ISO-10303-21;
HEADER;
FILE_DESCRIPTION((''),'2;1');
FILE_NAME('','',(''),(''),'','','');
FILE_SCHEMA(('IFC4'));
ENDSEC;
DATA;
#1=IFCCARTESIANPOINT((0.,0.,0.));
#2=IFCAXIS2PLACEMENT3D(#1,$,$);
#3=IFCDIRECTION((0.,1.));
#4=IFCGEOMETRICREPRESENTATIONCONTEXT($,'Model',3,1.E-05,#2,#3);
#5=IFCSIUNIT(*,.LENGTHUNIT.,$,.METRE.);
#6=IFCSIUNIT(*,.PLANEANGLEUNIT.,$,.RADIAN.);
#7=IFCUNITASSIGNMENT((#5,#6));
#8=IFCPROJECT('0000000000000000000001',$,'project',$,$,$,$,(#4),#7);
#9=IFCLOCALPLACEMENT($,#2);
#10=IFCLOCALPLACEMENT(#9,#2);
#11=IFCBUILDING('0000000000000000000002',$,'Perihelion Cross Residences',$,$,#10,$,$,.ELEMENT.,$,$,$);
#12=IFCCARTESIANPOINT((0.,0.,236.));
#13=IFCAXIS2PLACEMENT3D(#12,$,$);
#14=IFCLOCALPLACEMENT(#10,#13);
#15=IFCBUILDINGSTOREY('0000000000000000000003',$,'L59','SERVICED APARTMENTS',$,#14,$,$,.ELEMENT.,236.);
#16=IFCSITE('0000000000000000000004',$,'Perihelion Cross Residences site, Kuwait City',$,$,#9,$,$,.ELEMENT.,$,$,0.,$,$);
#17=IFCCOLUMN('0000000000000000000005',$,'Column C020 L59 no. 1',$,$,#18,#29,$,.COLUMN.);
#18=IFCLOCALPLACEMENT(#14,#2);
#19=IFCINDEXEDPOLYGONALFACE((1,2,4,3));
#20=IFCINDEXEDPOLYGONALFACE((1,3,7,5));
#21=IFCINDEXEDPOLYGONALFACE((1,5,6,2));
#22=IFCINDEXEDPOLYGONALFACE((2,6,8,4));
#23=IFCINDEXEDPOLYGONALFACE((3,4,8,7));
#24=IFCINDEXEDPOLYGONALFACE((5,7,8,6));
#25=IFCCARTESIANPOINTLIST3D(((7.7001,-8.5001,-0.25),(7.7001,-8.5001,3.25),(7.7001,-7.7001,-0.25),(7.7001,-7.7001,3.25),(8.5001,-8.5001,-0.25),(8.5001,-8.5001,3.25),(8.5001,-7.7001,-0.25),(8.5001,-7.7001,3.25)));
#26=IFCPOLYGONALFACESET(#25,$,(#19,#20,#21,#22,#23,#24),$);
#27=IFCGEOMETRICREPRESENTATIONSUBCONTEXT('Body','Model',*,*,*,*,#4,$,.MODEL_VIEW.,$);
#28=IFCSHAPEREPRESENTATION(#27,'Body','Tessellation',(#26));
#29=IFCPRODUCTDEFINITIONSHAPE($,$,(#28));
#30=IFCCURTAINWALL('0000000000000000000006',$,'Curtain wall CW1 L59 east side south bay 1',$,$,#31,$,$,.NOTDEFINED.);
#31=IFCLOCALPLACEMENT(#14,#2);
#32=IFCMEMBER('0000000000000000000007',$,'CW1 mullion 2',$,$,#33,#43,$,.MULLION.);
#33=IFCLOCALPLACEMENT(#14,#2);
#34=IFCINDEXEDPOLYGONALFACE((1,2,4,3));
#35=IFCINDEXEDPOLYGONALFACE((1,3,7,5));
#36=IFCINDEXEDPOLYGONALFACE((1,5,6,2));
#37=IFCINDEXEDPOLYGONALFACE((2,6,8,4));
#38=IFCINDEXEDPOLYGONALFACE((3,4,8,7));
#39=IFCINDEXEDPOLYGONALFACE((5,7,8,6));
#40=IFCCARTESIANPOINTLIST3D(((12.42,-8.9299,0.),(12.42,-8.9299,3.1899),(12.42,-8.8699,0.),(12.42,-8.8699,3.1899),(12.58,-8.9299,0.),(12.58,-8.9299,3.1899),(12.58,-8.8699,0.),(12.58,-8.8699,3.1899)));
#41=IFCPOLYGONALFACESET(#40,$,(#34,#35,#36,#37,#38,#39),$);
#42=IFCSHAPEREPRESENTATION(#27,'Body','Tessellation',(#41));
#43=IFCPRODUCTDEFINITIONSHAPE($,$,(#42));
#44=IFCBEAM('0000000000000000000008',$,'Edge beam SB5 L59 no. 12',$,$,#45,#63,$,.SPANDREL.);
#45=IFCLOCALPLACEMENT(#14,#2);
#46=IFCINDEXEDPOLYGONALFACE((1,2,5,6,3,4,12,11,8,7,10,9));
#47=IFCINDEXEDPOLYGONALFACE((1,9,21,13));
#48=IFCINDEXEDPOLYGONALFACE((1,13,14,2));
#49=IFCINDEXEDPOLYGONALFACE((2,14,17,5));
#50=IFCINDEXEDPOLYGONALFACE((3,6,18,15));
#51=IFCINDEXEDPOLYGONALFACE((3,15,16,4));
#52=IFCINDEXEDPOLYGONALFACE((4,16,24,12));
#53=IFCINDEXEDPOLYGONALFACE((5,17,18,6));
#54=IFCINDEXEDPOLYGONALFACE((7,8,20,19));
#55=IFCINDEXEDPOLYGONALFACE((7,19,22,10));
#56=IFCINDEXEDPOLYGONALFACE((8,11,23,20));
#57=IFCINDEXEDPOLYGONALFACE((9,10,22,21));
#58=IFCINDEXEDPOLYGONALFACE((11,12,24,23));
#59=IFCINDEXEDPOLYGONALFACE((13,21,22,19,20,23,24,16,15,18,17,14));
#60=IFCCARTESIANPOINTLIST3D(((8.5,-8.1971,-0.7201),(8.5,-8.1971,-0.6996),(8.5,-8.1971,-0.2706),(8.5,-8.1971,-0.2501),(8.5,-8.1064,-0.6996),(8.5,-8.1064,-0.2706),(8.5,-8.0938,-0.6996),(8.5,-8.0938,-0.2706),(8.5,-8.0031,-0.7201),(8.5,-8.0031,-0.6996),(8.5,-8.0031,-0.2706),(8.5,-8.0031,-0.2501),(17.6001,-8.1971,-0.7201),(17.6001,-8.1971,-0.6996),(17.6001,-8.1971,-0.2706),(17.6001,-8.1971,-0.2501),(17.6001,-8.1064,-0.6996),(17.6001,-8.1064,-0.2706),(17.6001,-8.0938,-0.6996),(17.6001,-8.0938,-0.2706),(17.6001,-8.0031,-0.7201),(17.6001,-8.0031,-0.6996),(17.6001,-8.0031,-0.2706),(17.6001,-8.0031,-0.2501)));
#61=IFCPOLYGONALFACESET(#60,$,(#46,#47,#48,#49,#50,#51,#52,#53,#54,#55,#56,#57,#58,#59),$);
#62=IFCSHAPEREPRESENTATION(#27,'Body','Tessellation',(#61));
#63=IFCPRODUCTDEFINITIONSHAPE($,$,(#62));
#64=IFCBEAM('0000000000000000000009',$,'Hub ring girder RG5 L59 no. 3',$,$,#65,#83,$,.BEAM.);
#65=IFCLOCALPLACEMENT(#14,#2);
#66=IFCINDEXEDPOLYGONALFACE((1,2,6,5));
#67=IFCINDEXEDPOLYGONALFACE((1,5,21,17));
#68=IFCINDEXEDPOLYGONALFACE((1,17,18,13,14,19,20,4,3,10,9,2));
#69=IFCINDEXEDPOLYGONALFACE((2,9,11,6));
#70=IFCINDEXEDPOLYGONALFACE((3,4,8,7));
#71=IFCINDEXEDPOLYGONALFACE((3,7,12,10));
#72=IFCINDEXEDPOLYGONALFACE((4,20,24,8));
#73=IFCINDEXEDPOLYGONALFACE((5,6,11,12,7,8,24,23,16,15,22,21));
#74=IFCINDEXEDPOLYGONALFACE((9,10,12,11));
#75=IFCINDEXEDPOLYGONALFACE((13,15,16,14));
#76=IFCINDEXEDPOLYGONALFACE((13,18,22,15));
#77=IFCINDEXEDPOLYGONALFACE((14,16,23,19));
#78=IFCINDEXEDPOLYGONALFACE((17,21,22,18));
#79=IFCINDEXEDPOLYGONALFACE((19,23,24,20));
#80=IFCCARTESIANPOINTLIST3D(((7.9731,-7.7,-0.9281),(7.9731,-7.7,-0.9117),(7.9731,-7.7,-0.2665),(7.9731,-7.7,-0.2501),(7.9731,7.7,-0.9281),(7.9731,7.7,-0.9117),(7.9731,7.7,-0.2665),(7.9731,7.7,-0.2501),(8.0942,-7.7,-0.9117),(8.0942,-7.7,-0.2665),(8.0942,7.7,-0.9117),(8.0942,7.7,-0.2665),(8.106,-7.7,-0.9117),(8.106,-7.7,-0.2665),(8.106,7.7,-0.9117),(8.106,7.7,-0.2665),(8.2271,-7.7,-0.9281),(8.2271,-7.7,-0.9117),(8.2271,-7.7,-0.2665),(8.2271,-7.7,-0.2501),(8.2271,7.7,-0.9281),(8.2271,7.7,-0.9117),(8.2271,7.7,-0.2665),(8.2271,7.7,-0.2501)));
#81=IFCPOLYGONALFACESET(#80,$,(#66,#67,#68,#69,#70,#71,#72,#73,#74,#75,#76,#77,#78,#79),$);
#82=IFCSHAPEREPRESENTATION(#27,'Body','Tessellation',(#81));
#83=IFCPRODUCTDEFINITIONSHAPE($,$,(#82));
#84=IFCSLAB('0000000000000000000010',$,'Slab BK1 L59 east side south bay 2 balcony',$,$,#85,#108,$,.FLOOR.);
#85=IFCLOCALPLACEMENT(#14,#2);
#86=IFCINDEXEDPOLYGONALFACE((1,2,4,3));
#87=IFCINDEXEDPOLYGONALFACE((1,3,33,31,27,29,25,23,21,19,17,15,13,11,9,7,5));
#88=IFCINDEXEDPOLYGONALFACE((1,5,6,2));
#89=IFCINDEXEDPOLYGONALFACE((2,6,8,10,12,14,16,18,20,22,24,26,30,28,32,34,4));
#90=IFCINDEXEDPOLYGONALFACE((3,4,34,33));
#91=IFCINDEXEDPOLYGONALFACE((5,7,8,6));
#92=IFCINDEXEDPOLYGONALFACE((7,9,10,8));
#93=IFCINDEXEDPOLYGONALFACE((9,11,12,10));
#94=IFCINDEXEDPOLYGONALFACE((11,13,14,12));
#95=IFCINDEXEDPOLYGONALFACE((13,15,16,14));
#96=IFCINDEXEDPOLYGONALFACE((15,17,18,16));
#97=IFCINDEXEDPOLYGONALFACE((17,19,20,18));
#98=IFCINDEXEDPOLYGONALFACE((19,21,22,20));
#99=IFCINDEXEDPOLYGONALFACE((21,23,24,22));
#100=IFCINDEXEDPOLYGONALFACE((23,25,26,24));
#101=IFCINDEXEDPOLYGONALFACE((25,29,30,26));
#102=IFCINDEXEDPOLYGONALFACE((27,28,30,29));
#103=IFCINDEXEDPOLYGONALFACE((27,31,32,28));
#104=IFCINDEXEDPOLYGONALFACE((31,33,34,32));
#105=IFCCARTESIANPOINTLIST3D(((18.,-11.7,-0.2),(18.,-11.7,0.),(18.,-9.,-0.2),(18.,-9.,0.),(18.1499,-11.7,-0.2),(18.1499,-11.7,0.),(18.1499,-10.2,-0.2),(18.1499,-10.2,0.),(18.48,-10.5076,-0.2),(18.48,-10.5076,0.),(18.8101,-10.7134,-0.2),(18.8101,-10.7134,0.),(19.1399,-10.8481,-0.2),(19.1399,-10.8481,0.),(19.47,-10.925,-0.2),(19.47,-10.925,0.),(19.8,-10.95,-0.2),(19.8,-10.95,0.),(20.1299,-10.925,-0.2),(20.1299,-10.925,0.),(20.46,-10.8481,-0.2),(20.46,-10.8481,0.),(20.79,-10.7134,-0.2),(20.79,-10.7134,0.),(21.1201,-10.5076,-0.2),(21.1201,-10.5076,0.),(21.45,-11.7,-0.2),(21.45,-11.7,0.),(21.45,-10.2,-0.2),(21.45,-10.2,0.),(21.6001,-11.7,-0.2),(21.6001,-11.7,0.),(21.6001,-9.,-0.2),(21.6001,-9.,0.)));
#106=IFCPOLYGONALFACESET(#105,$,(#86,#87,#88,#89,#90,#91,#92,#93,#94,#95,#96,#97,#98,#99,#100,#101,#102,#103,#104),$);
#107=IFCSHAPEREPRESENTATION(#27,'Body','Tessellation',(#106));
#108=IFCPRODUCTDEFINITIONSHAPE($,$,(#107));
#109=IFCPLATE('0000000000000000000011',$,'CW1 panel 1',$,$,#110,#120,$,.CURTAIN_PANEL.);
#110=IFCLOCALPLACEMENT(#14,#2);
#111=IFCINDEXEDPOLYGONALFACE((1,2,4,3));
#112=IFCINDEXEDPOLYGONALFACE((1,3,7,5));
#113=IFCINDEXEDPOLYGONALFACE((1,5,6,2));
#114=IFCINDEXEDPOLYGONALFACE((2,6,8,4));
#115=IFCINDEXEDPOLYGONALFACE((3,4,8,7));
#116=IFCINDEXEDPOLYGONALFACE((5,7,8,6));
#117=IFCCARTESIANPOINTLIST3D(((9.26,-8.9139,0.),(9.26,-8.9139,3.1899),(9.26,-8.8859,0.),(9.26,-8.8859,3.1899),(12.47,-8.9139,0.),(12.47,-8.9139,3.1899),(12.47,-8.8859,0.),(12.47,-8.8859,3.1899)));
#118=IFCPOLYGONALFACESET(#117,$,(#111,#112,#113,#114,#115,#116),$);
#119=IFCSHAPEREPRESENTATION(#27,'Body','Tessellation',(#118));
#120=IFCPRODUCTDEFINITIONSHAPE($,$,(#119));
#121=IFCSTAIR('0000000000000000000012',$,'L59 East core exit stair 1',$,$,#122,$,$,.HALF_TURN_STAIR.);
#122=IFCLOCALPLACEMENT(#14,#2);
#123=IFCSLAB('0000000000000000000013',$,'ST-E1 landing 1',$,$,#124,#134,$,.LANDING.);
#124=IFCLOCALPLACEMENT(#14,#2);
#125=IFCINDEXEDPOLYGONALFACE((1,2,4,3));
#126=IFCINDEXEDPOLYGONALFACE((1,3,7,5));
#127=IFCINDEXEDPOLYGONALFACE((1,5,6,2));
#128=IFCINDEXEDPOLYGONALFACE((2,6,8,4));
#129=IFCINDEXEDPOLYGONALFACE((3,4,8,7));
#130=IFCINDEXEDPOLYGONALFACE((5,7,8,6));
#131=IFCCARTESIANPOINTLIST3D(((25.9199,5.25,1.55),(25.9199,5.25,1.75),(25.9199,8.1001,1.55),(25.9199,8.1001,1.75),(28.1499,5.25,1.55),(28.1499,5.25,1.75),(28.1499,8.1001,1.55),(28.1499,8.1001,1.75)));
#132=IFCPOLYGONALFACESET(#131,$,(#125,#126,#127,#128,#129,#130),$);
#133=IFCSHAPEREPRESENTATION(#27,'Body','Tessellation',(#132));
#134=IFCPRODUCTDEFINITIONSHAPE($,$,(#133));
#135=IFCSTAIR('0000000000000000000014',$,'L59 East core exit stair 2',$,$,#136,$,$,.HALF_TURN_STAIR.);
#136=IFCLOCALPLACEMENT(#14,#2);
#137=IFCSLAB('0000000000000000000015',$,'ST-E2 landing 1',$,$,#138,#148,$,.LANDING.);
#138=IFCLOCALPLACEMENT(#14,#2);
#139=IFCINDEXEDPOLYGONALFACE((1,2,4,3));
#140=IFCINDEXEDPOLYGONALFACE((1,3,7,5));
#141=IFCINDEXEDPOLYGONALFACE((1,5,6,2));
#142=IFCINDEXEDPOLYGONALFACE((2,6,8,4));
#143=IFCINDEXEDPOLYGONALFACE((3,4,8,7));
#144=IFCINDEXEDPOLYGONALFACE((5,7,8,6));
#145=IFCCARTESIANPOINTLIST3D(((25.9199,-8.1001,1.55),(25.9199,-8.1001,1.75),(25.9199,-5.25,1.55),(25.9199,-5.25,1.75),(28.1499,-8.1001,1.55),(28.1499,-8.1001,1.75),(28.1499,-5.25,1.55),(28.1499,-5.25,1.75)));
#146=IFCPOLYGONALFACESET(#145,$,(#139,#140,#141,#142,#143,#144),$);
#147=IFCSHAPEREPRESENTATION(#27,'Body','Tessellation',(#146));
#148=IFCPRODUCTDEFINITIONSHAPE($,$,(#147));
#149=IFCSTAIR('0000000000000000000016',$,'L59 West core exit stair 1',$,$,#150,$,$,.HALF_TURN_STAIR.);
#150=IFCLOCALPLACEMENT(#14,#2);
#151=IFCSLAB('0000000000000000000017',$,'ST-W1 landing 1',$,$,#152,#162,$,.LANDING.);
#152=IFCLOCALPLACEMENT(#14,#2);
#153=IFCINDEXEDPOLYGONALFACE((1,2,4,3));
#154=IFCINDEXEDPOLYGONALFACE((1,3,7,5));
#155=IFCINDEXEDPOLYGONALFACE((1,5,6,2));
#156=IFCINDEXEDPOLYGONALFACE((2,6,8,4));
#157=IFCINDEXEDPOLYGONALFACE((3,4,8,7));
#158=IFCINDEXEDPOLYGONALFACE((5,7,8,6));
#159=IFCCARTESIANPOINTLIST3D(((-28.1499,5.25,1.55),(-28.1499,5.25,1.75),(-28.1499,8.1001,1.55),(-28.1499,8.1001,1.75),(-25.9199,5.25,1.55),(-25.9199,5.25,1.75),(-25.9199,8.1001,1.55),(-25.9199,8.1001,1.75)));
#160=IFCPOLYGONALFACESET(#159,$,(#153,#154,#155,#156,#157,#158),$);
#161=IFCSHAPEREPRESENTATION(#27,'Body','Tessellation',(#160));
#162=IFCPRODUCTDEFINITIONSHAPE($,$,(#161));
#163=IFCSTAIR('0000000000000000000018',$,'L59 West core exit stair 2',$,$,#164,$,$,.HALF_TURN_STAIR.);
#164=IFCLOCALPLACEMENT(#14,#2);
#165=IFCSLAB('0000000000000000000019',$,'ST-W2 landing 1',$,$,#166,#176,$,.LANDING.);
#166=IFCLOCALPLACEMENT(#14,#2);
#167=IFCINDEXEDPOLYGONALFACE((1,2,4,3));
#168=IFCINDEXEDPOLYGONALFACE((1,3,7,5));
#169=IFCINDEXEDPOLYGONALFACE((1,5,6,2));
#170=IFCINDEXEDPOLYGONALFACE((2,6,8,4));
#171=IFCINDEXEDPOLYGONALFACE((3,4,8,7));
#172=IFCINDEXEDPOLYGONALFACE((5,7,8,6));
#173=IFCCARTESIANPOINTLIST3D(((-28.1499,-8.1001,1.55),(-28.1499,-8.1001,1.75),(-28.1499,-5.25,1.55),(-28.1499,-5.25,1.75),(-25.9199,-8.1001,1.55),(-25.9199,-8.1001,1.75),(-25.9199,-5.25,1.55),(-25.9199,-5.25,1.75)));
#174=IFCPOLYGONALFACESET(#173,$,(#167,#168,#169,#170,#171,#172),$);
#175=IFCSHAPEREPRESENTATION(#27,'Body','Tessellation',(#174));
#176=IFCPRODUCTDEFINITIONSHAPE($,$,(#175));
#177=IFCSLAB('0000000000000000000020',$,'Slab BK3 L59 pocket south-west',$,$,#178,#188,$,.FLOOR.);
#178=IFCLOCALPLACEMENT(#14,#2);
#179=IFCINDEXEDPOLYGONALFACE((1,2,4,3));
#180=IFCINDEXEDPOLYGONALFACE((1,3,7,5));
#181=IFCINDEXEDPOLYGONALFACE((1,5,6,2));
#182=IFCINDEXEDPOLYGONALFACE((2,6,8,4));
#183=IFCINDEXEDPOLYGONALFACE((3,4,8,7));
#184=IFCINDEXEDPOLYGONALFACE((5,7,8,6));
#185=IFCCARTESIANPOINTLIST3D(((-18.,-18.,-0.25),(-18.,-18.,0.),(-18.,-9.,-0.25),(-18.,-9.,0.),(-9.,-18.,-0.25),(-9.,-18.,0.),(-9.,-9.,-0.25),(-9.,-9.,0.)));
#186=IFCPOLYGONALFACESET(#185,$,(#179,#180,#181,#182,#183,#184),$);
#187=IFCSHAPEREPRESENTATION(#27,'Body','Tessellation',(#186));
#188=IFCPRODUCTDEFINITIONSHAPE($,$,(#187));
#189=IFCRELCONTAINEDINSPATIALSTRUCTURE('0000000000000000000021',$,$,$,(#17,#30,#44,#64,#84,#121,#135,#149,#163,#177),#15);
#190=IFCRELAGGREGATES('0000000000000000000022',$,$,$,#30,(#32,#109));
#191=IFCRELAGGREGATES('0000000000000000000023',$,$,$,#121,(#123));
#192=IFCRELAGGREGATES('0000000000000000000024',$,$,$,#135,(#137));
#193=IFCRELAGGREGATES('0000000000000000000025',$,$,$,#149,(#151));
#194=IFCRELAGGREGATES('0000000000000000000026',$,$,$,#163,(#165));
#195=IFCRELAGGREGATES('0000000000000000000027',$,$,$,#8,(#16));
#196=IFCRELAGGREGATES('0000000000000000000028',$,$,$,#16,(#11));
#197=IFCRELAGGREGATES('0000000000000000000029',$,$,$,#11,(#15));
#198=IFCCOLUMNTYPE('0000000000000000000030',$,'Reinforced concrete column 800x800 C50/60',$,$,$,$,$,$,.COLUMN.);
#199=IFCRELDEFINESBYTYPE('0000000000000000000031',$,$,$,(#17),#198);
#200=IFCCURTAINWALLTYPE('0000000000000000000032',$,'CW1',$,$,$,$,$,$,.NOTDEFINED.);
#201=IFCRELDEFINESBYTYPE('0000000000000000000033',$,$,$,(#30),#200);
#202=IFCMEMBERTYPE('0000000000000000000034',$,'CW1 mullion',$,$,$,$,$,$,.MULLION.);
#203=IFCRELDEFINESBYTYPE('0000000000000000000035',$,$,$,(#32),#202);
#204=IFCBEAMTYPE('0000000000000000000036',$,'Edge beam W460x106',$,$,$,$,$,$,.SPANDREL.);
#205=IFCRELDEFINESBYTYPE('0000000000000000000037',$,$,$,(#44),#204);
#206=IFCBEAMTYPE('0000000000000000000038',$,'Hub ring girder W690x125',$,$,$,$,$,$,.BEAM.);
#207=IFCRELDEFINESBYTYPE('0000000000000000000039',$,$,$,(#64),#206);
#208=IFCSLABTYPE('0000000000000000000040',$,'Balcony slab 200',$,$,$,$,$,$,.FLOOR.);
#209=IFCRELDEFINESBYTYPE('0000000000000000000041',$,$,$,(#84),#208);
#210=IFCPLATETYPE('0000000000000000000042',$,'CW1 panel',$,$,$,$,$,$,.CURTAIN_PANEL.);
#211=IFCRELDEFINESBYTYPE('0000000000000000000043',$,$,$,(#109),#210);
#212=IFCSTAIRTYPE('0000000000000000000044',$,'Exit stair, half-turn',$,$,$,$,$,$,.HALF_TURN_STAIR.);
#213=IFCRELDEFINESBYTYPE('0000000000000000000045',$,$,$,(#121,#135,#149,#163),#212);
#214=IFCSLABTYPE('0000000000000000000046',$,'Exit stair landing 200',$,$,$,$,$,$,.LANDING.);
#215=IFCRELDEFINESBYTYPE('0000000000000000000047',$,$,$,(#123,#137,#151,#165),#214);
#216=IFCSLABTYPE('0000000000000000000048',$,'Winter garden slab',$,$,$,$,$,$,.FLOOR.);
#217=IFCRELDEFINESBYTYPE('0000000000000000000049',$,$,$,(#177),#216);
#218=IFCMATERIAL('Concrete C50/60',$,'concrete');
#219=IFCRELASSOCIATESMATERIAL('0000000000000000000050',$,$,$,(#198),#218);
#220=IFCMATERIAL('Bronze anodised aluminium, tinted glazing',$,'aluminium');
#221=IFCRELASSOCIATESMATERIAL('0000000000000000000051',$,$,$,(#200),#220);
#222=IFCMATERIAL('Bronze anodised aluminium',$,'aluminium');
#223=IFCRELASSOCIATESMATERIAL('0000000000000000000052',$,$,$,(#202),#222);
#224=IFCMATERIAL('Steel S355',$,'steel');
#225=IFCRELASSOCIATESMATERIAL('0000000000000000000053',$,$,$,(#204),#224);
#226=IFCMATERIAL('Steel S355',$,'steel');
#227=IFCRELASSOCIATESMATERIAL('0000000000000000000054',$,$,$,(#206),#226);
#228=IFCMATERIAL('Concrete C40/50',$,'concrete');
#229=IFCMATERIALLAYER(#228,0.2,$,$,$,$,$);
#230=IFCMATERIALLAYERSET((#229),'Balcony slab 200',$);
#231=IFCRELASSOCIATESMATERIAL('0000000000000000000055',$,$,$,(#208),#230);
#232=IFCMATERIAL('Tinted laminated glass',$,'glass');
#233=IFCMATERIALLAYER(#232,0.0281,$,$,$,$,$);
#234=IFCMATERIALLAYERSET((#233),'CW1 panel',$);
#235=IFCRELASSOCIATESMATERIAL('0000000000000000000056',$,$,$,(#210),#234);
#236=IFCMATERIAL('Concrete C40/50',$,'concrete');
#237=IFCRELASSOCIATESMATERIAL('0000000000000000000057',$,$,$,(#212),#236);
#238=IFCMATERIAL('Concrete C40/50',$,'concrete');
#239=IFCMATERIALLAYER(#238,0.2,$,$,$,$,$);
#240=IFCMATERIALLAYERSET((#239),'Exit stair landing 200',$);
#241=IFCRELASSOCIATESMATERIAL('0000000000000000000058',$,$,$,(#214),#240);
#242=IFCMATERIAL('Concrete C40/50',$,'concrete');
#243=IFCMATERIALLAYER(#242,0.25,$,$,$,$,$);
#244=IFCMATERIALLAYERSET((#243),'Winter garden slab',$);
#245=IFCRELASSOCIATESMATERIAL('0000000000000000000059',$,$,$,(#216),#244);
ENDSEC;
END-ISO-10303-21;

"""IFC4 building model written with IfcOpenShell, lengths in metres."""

from ifc_helpers import new_model, si_unit, direction, frame, origin, origin_2d, place, context, subcontext, project, spatial, polyline, rectangle, i_section, outline, extrude, material, layer, layer_set, material_profile, profile_set, type_object, element, aggregate, save


model = new_model("IFC4")

# Units and contexts
model_context = context("Model", 3, precision=1e-05, world=origin(), true_north=direction((0.0, 1.0)))
body_context = subcontext(model_context, "Body", "Model", "MODEL_VIEW")
ifc_project = project(units=[si_unit("LENGTHUNIT", "METRE"), si_unit("PLANEANGLEUNIT", "RADIAN")], contexts=[model_context])

# Site, building, storey
site_placement = place(None, origin())
site = spatial("IfcSite", under=ifc_project, at=site_placement, Name="Perihelion Cross Residences site, Kuwait City", CompositionType="ELEMENT", RefElevation=0.0)
building_placement = place(site_placement, origin())
building = spatial("IfcBuilding", under=site, at=building_placement, Name="Perihelion Cross Residences", CompositionType="ELEMENT")
storey_placement = place(building_placement, frame((0.0, 0.0, 236.0)))
storey = spatial("IfcBuildingStorey", under=building, at=storey_placement, Name="L59", Description="SERVICED APARTMENTS", CompositionType="ELEMENT", Elevation=236.0)

# Column
ifc_material_1 = material(Name="Concrete C50/60", Category="concrete")
ifc_material_profile_1 = material_profile(ifc_material_1, rectangle(XDim=0.8, YDim=0.8, at=origin_2d()), Name="RC 800x800")
ifc_profile_set_1 = profile_set([ifc_material_profile_1], Name="Concrete C50/60")
column_type = type_object("IfcColumnType", Name="Reinforced concrete column 800x800 C50/60", PredefinedType="COLUMN", material=ifc_profile_set_1)
column_placement = place(storey_placement, frame((8.1001, -8.1001, -0.25), z_axis=(0.0, 0.0, 1.0), x_axis=(1.0, 0.0, 0.0)))
element("IfcColumn", 1, at=column_placement, inside=storey, type_object=column_type, Name="Column C020 L59 no. 1", PredefinedType="COLUMN", context=body_context, shape_type="SweptSolid", body=[
    extrude(rectangle(XDim=0.8, YDim=0.8, at=origin_2d()), origin(), (0.0, 0.0, 1.0), 3.5),
])

# Curtain wall, member
ifc_material_2 = material(Name="Bronze anodised aluminium, tinted glazing", Category="aluminium")
curtain_wall_type = type_object("IfcCurtainWallType", Name="CW1", PredefinedType="NOTDEFINED", material=ifc_material_2)
curtain_wall_placement = place(storey_placement, origin())
curtain_wall = element("IfcCurtainWall", 2, at=curtain_wall_placement, inside=storey, type_object=curtain_wall_type, Name="Curtain wall CW1 L59 east side south bay 1", PredefinedType="NOTDEFINED")
ifc_material_3 = material(Name="Bronze anodised aluminium", Category="aluminium")
ifc_material_profile_2 = material_profile(ifc_material_3, rectangle(XDim=0.0601, YDim=0.1599, at=origin_2d()), Name="CW1 mullion")
ifc_profile_set_2 = profile_set([ifc_material_profile_2], Name="Bronze anodised aluminium")
member_type = type_object("IfcMemberType", Name="CW1 mullion", PredefinedType="MULLION", material=ifc_profile_set_2)
member_placement = place(storey_placement, frame((12.5, -8.8999, 0.0), z_axis=(0.0, 0.0, 1.0), x_axis=(0.0, 1.0, 0.0)))
member = element("IfcMember", 3, at=member_placement, type_object=member_type, Name="CW1 mullion 2", PredefinedType="MULLION", context=body_context, shape_type="SweptSolid", body=[
    extrude(rectangle(XDim=0.0601, YDim=0.1599, at=origin_2d()), origin(), (0.0, 0.0, 1.0), 3.1899),
])

# Beams
ifc_material_4 = material(Name="Steel S355", Category="steel")
ifc_material_profile_3 = material_profile(ifc_material_4, i_section(OverallWidth=0.1941, OverallDepth=0.47, WebThickness=0.0127, FlangeThickness=0.0205, at=origin_2d()), Name="W460x106")
ifc_profile_set_3 = profile_set([ifc_material_profile_3], Name="Steel S355")
beam_type_1 = type_object("IfcBeamType", Name="Edge beam W460x106", PredefinedType="SPANDREL", material=ifc_profile_set_3)
beam_1_placement = place(storey_placement, frame((8.5, -8.1001, -0.4851), z_axis=(1.0, 0.0, 0.0), x_axis=(0.0, 1.0, 0.0)))
element("IfcBeam", 4, at=beam_1_placement, inside=storey, type_object=beam_type_1, Name="Edge beam SB5 L59 no. 12", PredefinedType="SPANDREL", context=body_context, shape_type="SweptSolid", body=[
    extrude(i_section(OverallWidth=0.1941, OverallDepth=0.47, WebThickness=0.0127, FlangeThickness=0.0205, at=origin_2d()), origin(), (0.0, 0.0, 1.0), 9.1001),
])
ifc_material_5 = material(Name="Steel S355", Category="steel")
ifc_material_profile_4 = material_profile(ifc_material_5, i_section(OverallWidth=0.2539, OverallDepth=0.678, WebThickness=0.0117, FlangeThickness=0.0164, at=origin_2d()), Name="W690x125")
ifc_profile_set_4 = profile_set([ifc_material_profile_4], Name="Steel S355")
beam_type_2 = type_object("IfcBeamType", Name="Hub ring girder W690x125", PredefinedType="BEAM", material=ifc_profile_set_4)
beam_2_placement = place(storey_placement, frame((8.1001, -7.7, -0.5891), z_axis=(0.0, 1.0, 0.0), x_axis=(-1.0, 0.0, 0.0)))
element("IfcBeam", 5, at=beam_2_placement, inside=storey, type_object=beam_type_2, Name="Hub ring girder RG5 L59 no. 3", PredefinedType="BEAM", context=body_context, shape_type="SweptSolid", body=[
    extrude(i_section(OverallWidth=0.2539, OverallDepth=0.678, WebThickness=0.0117, FlangeThickness=0.0164, at=origin_2d()), origin(), (0.0, 0.0, 1.0), 15.3999),
])

# Slab
ifc_material_6 = material(Name="Concrete C40/50", Category="concrete")
ifc_layer_1 = layer(ifc_material_6, 0.2)
ifc_layer_set_1 = layer_set([ifc_layer_1], Name="Balcony slab 200")
slab_type_1 = type_object("IfcSlabType", Name="Balcony slab 200", PredefinedType="FLOOR", material=ifc_layer_set_1)
slab_1_placement = place(storey_placement, frame((0.0, 0.0, -0.2)))
element("IfcSlab", 6, at=slab_1_placement, inside=storey, type_object=slab_type_1, Name="Slab BK1 L59 east side south bay 2 balcony", PredefinedType="FLOOR", context=body_context, shape_type="SweptSolid", body=[
    extrude(outline(polyline([(18.0, -9.0), (21.6001, -9.0), (21.6001, -11.7), (21.45, -11.7), (21.45, -10.2), (21.1201, -10.5076), (20.79, -10.7134), (20.46, -10.8481), (20.1299, -10.925), (19.8, -10.95), (19.47, -10.925), (19.1399, -10.8481), (18.8101, -10.7134), (18.48, -10.5076), (18.1499, -10.2), (18.1499, -11.7), (18.0, -11.7), (18.0, -9.0)])), origin(), (0.0, 0.0, 1.0), 0.2),
])

# Plate
ifc_material_7 = material(Name="Tinted laminated glass", Category="glass")
ifc_layer_2 = layer(ifc_material_7, 0.0281)
ifc_layer_set_2 = layer_set([ifc_layer_2], Name="CW1 panel")
plate_type = type_object("IfcPlateType", Name="CW1 panel", PredefinedType="CURTAIN_PANEL", material=ifc_layer_set_2)
plate_placement = place(storey_placement, frame((10.865, -8.8999, 0.0), z_axis=(0.0, 0.0, 1.0), x_axis=(1.0, 0.0, 0.0)))
plate = element("IfcPlate", 7, at=plate_placement, type_object=plate_type, Name="CW1 panel 1", PredefinedType="CURTAIN_PANEL", context=body_context, shape_type="SweptSolid", body=[
    extrude(rectangle(XDim=3.21, YDim=0.0281, at=origin_2d()), origin(), (0.0, 0.0, 1.0), 3.1899),
])
aggregate(curtain_wall, [member, plate])

# Stairs, slabs
ifc_material_8 = material(Name="Concrete C40/50", Category="concrete")
stair_type = type_object("IfcStairType", Name="Exit stair, half-turn", PredefinedType="HALF_TURN_STAIR", material=ifc_material_8)
stair_1_placement = place(storey_placement, origin())
stair_1 = element("IfcStair", 8, at=stair_1_placement, inside=storey, type_object=stair_type, Name="L59 East core exit stair 1", PredefinedType="HALF_TURN_STAIR")
ifc_material_9 = material(Name="Concrete C40/50", Category="concrete")
ifc_layer_3 = layer(ifc_material_9, 0.2)
ifc_layer_set_3 = layer_set([ifc_layer_3], Name="Exit stair landing 200")
slab_type_2 = type_object("IfcSlabType", Name="Exit stair landing 200", PredefinedType="LANDING", material=ifc_layer_set_3)
slab_2_placement = place(storey_placement, frame((0.0, 0.0, 1.55)))
slab_2 = element("IfcSlab", 9, at=slab_2_placement, type_object=slab_type_2, Name="ST-E1 landing 1", PredefinedType="LANDING", context=body_context, shape_type="SweptSolid", body=[
    extrude(outline(polyline([(25.9199, 5.25), (28.1499, 5.25), (28.1499, 8.1001), (25.9199, 8.1001), (25.9199, 5.25)])), origin(), (0.0, 0.0, 1.0), 0.2),
])
aggregate(stair_1, [slab_2])
stair_2_placement = place(storey_placement, origin())
stair_2 = element("IfcStair", 10, at=stair_2_placement, inside=storey, type_object=stair_type, Name="L59 East core exit stair 2", PredefinedType="HALF_TURN_STAIR")
slab_3_placement = place(storey_placement, frame((0.0, 0.0, 1.55)))
slab_3 = element("IfcSlab", 11, at=slab_3_placement, type_object=slab_type_2, Name="ST-E2 landing 1", PredefinedType="LANDING", context=body_context, shape_type="SweptSolid", body=[
    extrude(outline(polyline([(25.9199, -8.1001), (28.1499, -8.1001), (28.1499, -5.25), (25.9199, -5.25), (25.9199, -8.1001)])), origin(), (0.0, 0.0, 1.0), 0.2),
])
aggregate(stair_2, [slab_3])
stair_3_placement = place(storey_placement, origin())
stair_3 = element("IfcStair", 12, at=stair_3_placement, inside=storey, type_object=stair_type, Name="L59 West core exit stair 1", PredefinedType="HALF_TURN_STAIR")
slab_4_placement = place(storey_placement, frame((0.0, 0.0, 1.55)))
slab_4 = element("IfcSlab", 13, at=slab_4_placement, type_object=slab_type_2, Name="ST-W1 landing 1", PredefinedType="LANDING", context=body_context, shape_type="SweptSolid", body=[
    extrude(outline(polyline([(-25.9199, 8.1001), (-28.1499, 8.1001), (-28.1499, 5.25), (-25.9199, 5.25), (-25.9199, 8.1001)])), origin(), (0.0, 0.0, 1.0), 0.2),
])
aggregate(stair_3, [slab_4])
stair_4_placement = place(storey_placement, origin())
stair_4 = element("IfcStair", 14, at=stair_4_placement, inside=storey, type_object=stair_type, Name="L59 West core exit stair 2", PredefinedType="HALF_TURN_STAIR")
slab_5_placement = place(storey_placement, frame((0.0, 0.0, 1.55)))
slab_5 = element("IfcSlab", 15, at=slab_5_placement, type_object=slab_type_2, Name="ST-W2 landing 1", PredefinedType="LANDING", context=body_context, shape_type="SweptSolid", body=[
    extrude(outline(polyline([(-25.9199, -5.25), (-28.1499, -5.25), (-28.1499, -8.1001), (-25.9199, -8.1001), (-25.9199, -5.25)])), origin(), (0.0, 0.0, 1.0), 0.2),
])
aggregate(stair_4, [slab_5])

# Slab
ifc_material_10 = material(Name="Concrete C40/50", Category="concrete")
ifc_layer_4 = layer(ifc_material_10, 0.25)
ifc_layer_set_4 = layer_set([ifc_layer_4], Name="Winter garden slab")
slab_type_3 = type_object("IfcSlabType", Name="Winter garden slab", PredefinedType="FLOOR", material=ifc_layer_set_4)
slab_6_placement = place(storey_placement, frame((0.0, 0.0, -0.25)))
element("IfcSlab", 16, at=slab_6_placement, inside=storey, type_object=slab_type_3, Name="Slab BK3 L59 pocket south-west", PredefinedType="FLOOR", context=body_context, shape_type="SweptSolid", body=[
    extrude(outline(polyline([(-9.0, -18.0), (-9.0, -9.0), (-18.0, -9.0), (-18.0, -18.0), (-9.0, -18.0)])), origin(), (0.0, 0.0, 1.0), 0.25),
])

save(model, "model.ifc")
